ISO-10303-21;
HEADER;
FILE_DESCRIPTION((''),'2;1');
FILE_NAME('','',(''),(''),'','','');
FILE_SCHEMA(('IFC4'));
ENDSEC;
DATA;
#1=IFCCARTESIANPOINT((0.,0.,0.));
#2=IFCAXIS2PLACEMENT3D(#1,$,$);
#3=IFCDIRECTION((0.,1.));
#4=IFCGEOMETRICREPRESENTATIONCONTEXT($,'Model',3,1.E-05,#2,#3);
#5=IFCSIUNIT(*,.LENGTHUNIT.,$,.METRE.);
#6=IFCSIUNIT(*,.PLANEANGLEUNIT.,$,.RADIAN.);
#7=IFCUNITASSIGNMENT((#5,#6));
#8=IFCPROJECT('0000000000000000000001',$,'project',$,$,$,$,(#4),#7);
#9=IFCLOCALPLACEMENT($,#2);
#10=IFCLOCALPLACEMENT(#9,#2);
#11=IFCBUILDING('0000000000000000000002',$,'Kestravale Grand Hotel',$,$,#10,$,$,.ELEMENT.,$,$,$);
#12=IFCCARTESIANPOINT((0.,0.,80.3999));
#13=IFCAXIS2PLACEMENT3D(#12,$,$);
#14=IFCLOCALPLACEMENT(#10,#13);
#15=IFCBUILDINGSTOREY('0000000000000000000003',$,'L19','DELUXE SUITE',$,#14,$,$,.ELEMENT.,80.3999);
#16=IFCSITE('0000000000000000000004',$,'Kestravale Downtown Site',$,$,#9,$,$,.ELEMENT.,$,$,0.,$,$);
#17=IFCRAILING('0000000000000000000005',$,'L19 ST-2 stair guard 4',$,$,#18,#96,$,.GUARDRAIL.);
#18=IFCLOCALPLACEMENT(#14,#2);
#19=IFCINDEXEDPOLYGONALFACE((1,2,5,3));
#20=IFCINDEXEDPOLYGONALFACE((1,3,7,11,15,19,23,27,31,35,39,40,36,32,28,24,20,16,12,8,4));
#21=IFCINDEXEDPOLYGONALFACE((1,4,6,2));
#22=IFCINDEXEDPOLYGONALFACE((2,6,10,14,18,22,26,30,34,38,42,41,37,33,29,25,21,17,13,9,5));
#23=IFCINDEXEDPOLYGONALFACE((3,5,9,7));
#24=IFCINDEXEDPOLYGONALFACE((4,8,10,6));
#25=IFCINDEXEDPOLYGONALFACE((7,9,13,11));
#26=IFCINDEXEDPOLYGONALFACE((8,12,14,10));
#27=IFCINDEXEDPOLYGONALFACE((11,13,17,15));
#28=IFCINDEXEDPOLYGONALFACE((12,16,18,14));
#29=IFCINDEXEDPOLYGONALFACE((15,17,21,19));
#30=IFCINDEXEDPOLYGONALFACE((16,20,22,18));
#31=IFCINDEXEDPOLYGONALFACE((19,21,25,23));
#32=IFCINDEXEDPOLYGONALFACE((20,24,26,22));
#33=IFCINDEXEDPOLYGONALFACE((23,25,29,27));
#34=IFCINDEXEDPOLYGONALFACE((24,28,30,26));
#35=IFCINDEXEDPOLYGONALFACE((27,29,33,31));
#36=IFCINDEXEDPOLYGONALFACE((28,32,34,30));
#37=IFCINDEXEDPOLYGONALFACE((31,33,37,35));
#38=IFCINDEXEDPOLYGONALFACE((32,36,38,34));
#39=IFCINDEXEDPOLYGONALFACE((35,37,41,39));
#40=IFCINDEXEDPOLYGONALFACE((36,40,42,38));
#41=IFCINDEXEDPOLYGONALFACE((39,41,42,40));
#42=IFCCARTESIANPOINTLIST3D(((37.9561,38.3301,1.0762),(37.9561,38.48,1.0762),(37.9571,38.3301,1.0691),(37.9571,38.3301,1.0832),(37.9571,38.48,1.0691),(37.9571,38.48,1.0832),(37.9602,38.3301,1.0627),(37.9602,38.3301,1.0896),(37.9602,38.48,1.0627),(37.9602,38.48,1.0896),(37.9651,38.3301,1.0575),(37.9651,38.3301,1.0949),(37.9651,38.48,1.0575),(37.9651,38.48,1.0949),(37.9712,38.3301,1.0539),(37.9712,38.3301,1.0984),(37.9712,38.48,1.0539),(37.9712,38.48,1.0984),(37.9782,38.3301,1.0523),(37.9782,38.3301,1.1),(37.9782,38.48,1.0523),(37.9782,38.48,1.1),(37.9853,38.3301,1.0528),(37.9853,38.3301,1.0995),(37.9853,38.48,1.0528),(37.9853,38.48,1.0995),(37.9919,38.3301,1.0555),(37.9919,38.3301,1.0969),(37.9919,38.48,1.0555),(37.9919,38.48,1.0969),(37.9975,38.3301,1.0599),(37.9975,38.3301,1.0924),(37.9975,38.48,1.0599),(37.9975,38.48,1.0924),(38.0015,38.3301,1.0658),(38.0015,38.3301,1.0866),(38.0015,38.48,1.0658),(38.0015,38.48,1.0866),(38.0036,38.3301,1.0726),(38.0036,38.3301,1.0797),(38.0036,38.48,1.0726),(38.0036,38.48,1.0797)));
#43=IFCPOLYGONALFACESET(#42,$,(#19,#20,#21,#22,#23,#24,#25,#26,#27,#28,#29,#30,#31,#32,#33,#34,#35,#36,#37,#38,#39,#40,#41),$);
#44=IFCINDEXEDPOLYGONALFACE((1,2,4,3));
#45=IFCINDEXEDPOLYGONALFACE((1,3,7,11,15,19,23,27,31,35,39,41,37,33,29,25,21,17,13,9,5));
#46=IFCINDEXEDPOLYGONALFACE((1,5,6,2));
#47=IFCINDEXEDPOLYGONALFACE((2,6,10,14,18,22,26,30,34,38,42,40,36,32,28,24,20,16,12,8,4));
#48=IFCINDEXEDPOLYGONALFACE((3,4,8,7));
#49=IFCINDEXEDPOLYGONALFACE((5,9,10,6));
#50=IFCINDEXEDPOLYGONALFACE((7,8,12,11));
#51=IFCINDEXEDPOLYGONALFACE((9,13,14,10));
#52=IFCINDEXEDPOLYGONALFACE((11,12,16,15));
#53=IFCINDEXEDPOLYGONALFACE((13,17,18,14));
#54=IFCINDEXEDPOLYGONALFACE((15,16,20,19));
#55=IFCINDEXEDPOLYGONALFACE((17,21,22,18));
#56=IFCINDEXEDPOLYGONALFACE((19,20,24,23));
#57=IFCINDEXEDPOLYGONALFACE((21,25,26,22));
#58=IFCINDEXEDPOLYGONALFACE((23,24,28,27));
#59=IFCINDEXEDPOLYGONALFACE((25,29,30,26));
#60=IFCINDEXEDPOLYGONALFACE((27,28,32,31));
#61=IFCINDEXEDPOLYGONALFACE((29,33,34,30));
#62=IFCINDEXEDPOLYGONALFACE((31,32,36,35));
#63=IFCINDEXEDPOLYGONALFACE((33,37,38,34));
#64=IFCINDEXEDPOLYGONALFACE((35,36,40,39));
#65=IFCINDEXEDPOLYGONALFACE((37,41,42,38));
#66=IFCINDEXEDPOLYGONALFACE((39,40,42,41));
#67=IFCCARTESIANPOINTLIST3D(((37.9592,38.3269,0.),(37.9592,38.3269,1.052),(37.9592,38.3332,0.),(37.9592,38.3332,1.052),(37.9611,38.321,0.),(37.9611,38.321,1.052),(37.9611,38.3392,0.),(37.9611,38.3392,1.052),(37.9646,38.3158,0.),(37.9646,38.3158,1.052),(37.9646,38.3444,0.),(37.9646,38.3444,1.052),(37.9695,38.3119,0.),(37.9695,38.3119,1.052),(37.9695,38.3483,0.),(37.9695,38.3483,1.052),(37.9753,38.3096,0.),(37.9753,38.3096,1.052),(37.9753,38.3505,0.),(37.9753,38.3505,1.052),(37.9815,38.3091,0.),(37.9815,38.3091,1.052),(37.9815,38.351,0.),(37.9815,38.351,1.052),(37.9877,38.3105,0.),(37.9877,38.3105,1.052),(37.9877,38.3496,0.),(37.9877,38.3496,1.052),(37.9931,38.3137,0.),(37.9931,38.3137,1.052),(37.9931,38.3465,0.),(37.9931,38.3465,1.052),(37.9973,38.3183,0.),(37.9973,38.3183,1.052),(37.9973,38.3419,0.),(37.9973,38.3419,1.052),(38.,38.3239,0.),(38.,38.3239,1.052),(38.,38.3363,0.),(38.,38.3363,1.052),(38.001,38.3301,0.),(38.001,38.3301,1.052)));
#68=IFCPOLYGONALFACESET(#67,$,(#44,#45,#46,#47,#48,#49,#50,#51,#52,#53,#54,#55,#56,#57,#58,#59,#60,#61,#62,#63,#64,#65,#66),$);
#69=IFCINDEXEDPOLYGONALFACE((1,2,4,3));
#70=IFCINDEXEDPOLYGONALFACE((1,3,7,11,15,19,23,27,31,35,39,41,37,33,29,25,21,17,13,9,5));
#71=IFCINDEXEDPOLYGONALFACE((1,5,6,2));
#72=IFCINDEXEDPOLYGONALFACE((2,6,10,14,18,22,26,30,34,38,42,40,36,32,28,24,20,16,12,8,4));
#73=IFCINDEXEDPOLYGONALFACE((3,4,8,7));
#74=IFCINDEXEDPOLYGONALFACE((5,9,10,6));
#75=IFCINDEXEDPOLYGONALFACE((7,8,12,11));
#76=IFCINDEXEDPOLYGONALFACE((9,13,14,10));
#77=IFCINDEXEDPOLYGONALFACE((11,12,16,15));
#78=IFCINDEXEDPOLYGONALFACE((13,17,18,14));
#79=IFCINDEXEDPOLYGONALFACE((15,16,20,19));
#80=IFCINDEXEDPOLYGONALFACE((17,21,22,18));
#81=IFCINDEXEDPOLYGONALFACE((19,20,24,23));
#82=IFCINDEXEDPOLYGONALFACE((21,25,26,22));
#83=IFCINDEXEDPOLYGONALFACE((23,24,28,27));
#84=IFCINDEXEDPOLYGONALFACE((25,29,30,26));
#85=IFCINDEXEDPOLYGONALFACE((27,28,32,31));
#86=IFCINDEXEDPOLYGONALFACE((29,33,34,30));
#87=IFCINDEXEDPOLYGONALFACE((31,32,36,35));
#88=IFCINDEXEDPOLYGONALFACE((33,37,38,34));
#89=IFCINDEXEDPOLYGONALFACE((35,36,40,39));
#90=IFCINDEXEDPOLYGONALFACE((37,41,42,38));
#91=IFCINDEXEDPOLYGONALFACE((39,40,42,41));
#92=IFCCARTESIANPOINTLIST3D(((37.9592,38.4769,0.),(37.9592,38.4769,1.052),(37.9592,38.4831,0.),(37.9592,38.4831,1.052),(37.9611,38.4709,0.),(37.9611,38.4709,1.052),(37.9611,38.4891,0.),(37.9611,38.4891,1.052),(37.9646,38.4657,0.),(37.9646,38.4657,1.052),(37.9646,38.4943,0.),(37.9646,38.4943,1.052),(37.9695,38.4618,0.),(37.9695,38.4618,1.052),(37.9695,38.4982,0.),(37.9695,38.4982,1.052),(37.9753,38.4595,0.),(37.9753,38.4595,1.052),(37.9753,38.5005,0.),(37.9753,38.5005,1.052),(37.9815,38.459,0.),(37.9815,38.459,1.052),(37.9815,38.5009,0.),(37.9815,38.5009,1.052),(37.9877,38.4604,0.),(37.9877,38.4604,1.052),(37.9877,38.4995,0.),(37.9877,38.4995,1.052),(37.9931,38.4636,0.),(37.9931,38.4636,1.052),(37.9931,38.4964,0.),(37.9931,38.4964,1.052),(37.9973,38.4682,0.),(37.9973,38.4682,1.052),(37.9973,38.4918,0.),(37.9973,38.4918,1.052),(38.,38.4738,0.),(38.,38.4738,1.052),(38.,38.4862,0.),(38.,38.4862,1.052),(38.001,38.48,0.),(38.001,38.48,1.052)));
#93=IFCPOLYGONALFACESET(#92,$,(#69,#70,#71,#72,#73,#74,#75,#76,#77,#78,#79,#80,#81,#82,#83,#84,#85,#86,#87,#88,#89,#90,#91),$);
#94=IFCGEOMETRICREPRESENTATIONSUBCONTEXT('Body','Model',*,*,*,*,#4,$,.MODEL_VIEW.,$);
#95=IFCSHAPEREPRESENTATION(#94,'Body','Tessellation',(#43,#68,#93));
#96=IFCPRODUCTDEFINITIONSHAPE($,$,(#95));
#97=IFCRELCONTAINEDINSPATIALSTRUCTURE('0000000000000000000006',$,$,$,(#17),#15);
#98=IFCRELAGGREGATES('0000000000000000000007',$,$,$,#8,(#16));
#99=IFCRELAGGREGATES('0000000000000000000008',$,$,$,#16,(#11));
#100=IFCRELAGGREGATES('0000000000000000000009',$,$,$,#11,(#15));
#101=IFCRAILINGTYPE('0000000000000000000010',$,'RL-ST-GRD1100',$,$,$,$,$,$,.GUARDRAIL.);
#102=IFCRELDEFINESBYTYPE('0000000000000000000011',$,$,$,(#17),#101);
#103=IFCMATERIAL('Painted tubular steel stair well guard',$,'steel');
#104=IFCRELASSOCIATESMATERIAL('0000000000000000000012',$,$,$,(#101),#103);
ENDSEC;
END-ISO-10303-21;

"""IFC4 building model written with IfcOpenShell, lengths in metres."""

from ifc_helpers import new_model, si_unit, direction, frame, origin, origin_2d, place, context, subcontext, project, spatial, circle, extrude, material, type_object, element, save


model = new_model("IFC4")

# Units and contexts
model_context = context("Model", 3, precision=1e-05, world=origin(), true_north=direction((0.0, 1.0)))
body_context = subcontext(model_context, "Body", "Model", "MODEL_VIEW")
ifc_project = project(units=[si_unit("LENGTHUNIT", "METRE"), si_unit("PLANEANGLEUNIT", "RADIAN")], contexts=[model_context])

# Site, building, storey
site_placement = place(None, origin())
site = spatial("IfcSite", under=ifc_project, at=site_placement, Name="Kestravale Downtown Site", CompositionType="ELEMENT", RefElevation=0.0)
building_placement = place(site_placement, origin())
building = spatial("IfcBuilding", under=site, at=building_placement, Name="Kestravale Grand Hotel", CompositionType="ELEMENT")
storey_placement = place(building_placement, frame((0.0, 0.0, 80.3999)))
storey = spatial("IfcBuildingStorey", under=building, at=storey_placement, Name="L19", Description="DELUXE SUITE", CompositionType="ELEMENT", Elevation=80.3999)

# Railing
ifc_material_1 = material(Name="Painted tubular steel stair well guard", Category="steel")
railing_type_1 = type_object("IfcRailingType", Name="RL-ST-GRD1100", PredefinedType="GUARDRAIL", material=ifc_material_1)
railing_1_placement = place(storey_placement, frame((37.98, 38.3301, 0.0)))
element("IfcRailing", 1, at=railing_1_placement, inside=storey, type_object=railing_type_1, Name="L19 ST-2 stair guard 4", PredefinedType="GUARDRAIL", context=body_context, shape_type="SweptSolid", body=[
    extrude(circle(Radius=0.0239, at=origin_2d()), frame((0.0, 0.0, 1.0762), z_axis=(0.0, 1.0, 0.0), x_axis=(-1.0, 0.0, 0.0)), (0.0, 0.0, 1.0), 0.1499),
    extrude(circle(Radius=0.021, at=origin_2d()), origin(), (0.0, 0.0, 1.0), 1.052),
    extrude(circle(Radius=0.021, at=origin_2d()), frame((0.0, 0.1499, 0.0)), (0.0, 0.0, 1.0), 1.052),
])

save(model, "model.ifc")
